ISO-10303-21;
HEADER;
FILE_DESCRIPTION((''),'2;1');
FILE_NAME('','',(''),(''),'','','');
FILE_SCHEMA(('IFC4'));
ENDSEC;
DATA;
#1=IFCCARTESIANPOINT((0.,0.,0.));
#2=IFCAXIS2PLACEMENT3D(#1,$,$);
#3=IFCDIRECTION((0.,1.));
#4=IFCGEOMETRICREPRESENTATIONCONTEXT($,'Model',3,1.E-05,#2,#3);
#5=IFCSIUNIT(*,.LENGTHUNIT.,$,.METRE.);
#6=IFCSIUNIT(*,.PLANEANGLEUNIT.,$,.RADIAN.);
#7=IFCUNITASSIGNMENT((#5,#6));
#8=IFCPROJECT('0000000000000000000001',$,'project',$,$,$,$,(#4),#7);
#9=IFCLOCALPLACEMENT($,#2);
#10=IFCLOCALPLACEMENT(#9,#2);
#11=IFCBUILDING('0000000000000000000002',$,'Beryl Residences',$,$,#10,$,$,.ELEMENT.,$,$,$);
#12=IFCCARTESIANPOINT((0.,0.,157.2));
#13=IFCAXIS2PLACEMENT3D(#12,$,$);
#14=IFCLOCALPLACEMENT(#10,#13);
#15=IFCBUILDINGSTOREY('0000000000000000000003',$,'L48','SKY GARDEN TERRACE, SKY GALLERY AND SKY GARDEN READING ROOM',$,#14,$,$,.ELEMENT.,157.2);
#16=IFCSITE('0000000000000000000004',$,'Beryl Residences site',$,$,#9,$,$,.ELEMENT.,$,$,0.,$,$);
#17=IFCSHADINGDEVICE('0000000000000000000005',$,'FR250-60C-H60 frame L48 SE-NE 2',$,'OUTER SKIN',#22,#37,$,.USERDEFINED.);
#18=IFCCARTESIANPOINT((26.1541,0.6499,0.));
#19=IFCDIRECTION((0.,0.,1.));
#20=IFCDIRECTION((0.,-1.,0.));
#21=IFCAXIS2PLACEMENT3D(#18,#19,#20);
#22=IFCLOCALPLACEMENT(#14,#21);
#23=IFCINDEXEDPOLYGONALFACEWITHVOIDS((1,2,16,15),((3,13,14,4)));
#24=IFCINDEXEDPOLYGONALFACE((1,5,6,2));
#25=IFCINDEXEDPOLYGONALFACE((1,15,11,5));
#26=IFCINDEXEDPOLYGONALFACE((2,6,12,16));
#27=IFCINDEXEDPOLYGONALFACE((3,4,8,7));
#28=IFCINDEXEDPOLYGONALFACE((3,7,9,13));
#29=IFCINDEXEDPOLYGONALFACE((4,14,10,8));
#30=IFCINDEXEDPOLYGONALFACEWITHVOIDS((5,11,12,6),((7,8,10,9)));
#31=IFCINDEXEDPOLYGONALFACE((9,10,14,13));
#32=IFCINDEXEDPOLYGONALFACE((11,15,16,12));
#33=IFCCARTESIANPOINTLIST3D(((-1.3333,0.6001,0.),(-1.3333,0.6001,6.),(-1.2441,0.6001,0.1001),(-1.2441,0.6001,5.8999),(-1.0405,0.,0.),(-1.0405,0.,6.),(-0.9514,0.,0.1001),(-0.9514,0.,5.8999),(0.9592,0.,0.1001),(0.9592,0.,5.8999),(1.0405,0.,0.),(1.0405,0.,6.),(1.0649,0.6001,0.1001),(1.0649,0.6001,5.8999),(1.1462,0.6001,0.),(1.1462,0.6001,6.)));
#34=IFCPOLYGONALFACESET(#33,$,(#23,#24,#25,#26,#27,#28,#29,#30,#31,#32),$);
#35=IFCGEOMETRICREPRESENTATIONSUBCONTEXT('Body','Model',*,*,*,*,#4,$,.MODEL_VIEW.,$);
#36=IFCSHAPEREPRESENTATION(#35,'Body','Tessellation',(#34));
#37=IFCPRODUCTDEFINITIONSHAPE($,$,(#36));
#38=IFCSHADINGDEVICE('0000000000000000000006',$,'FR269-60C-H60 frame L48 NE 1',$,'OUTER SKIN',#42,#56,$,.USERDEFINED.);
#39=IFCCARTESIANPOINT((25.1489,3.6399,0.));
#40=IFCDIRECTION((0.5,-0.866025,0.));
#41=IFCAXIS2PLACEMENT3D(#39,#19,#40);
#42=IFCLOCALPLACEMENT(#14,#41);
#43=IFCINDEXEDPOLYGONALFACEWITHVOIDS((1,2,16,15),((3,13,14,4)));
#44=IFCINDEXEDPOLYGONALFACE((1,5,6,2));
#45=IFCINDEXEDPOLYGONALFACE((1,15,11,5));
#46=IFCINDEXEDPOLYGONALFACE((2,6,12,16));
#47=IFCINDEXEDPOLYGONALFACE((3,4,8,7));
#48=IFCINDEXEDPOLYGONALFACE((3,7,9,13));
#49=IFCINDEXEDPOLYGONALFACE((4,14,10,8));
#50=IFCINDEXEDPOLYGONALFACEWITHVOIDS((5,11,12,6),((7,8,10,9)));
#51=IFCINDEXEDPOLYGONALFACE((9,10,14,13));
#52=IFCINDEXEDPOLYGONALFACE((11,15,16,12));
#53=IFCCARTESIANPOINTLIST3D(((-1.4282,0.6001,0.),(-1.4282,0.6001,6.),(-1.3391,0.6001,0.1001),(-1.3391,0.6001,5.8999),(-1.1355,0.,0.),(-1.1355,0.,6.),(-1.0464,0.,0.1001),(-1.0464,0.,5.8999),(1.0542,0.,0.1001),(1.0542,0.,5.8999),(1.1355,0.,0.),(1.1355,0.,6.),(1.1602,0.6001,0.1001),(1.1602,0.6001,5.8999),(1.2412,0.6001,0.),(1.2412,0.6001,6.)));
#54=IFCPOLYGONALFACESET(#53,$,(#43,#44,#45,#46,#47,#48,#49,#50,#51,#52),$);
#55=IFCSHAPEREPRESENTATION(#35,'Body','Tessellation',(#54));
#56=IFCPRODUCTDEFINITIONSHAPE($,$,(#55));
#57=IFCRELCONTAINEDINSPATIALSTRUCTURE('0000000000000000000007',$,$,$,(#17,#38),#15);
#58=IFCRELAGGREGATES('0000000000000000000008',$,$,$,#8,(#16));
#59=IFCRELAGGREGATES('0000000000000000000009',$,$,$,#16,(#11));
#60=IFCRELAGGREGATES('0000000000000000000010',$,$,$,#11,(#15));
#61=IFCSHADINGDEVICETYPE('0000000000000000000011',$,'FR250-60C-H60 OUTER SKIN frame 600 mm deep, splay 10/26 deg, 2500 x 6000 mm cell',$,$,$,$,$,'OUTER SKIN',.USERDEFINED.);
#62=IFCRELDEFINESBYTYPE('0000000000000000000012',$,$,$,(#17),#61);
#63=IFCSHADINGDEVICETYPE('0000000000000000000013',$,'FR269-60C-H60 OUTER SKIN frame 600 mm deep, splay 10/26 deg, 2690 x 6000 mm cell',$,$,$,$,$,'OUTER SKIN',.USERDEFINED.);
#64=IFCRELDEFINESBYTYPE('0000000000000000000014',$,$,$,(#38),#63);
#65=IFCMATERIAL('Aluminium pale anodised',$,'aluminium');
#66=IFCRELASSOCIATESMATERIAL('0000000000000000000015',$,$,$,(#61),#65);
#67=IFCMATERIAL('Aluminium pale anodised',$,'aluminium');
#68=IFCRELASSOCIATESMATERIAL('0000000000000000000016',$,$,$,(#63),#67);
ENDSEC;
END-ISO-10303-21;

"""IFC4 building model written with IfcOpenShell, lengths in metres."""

from ifc_helpers import new_model, entity, si_unit, direction, frame, origin, place, context, subcontext, project, spatial, source, transform, mapped, material, type_object, type_shapes, element, save


model = new_model("IFC4")

# Units and contexts
model_context = context("Model", 3, precision=1e-05, world=origin(), true_north=direction((0.0, 1.0)))
body_context = subcontext(model_context, "Body", "Model", "MODEL_VIEW")
ifc_project = project(units=[si_unit("LENGTHUNIT", "METRE"), si_unit("PLANEANGLEUNIT", "RADIAN")], contexts=[model_context])

# Site, building, storey
site_placement = place(None, origin())
site = spatial("IfcSite", under=ifc_project, at=site_placement, Name="Beryl Residences site", CompositionType="ELEMENT", RefElevation=0.0)
building_placement = place(site_placement, origin())
building = spatial("IfcBuilding", under=site, at=building_placement, Name="Beryl Residences", CompositionType="ELEMENT")
storey_placement = place(building_placement, frame((0.0, 0.0, 157.2)))
storey = spatial("IfcBuildingStorey", under=building, at=storey_placement, Name="L48", Description="SKY GARDEN TERRACE, SKY GALLERY AND SKY GARDEN READING ROOM", CompositionType="ELEMENT", Elevation=157.2)

# Shading devices
ifc_material_1 = material(Name="Aluminium pale anodised", Category="aluminium")
shading_device_type_1 = type_object("IfcShadingDeviceType", Name="FR250-60C-H60 OUTER SKIN frame 600 mm deep, splay 10/26 deg, 2500 x 6000 mm cell", ElementType="OUTER SKIN", PredefinedType="USERDEFINED", material=ifc_material_1)
cartesian_point_1 = entity("IfcCartesianPoint", [-1.0405, 0.0])
cartesian_point_2 = entity("IfcCartesianPoint", [-0.9592, 0.1001])
cartesian_point_3 = entity("IfcCartesianPoint", [-1.1462, 0.0])
cartesian_point_4 = entity("IfcCartesianPoint", [-1.0649, 0.1001])
shared_shape_1 = source(origin(), body_context, "Body", "SweptSolid", [
    entity("IfcExtrudedAreaSolidTapered", entity("IfcArbitraryProfileDefWithVoids", "AREA", None, entity("IfcPolyline", [cartesian_point_1, entity("IfcCartesianPoint", [1.0405, 0.0]), entity("IfcCartesianPoint", [1.0405, 6.0]), entity("IfcCartesianPoint", [-1.0405, 6.0]), cartesian_point_1]), [entity("IfcPolyline", [cartesian_point_2, entity("IfcCartesianPoint", [0.9514, 0.1001]), entity("IfcCartesianPoint", [0.9514, 5.8999]), entity("IfcCartesianPoint", [-0.9592, 5.8999]), cartesian_point_2])]), entity("IfcAxis2Placement3D", entity("IfcCartesianPoint", [0.0, 0.0, 0.0]), entity("IfcDirection", [0.0, 1.0, 0.0]), entity("IfcDirection", [-1.0, 0.0, 0.0])), entity("IfcDirection", [0.0, 0.0, 1.0]), 0.6001, entity("IfcArbitraryProfileDefWithVoids", "AREA", None, entity("IfcPolyline", [cartesian_point_3, entity("IfcCartesianPoint", [1.3333, 0.0]), entity("IfcCartesianPoint", [1.3333, 6.0]), entity("IfcCartesianPoint", [-1.1462, 6.0]), cartesian_point_3]), [entity("IfcPolyline", [cartesian_point_4, entity("IfcCartesianPoint", [1.2441, 0.1001]), entity("IfcCartesianPoint", [1.2441, 5.8999]), entity("IfcCartesianPoint", [-1.0649, 5.8999]), cartesian_point_4])])),
])
type_shapes(shading_device_type_1, [shared_shape_1])
shading_device_1_placement = place(storey_placement, frame((26.1541, 0.6499, 0.0), z_axis=(0.0, 0.0, 1.0), x_axis=(0.0, -1.0, 0.0)))
element("IfcShadingDevice", 1, at=shading_device_1_placement, inside=storey, type_object=shading_device_type_1, Name="FR250-60C-H60 frame L48 SE-NE 2", ObjectType="OUTER SKIN", PredefinedType="USERDEFINED", context=body_context, shape_type="MappedRepresentation", body=[
    mapped(shared_shape_1, transform((0.0, 0.0, 0.0))),
])
ifc_material_2 = material(Name="Aluminium pale anodised", Category="aluminium")
shading_device_type_2 = type_object("IfcShadingDeviceType", Name="FR269-60C-H60 OUTER SKIN frame 600 mm deep, splay 10/26 deg, 2690 x 6000 mm cell", ElementType="OUTER SKIN", PredefinedType="USERDEFINED", material=ifc_material_2)
cartesian_point_5 = entity("IfcCartesianPoint", [-1.1355, 0.0])
cartesian_point_6 = entity("IfcCartesianPoint", [-1.0542, 0.1001])
cartesian_point_7 = entity("IfcCartesianPoint", [-1.2412, 0.0])
cartesian_point_8 = entity("IfcCartesianPoint", [-1.1602, 0.1001])
shared_shape_2 = source(origin(), body_context, "Body", "SweptSolid", [
    entity("IfcExtrudedAreaSolidTapered", entity("IfcArbitraryProfileDefWithVoids", "AREA", None, entity("IfcPolyline", [cartesian_point_5, entity("IfcCartesianPoint", [1.1355, 0.0]), entity("IfcCartesianPoint", [1.1355, 6.0]), entity("IfcCartesianPoint", [-1.1355, 6.0]), cartesian_point_5]), [entity("IfcPolyline", [cartesian_point_6, entity("IfcCartesianPoint", [1.0464, 0.1001]), entity("IfcCartesianPoint", [1.0464, 5.8999]), entity("IfcCartesianPoint", [-1.0542, 5.8999]), cartesian_point_6])]), entity("IfcAxis2Placement3D", entity("IfcCartesianPoint", [0.0, 0.0, 0.0]), entity("IfcDirection", [0.0, 1.0, 0.0]), entity("IfcDirection", [-1.0, 0.0, 0.0])), entity("IfcDirection", [0.0, 0.0, 1.0]), 0.6001, entity("IfcArbitraryProfileDefWithVoids", "AREA", None, entity("IfcPolyline", [cartesian_point_7, entity("IfcCartesianPoint", [1.4282, 0.0]), entity("IfcCartesianPoint", [1.4282, 6.0]), entity("IfcCartesianPoint", [-1.2412, 6.0]), cartesian_point_7]), [entity("IfcPolyline", [cartesian_point_8, entity("IfcCartesianPoint", [1.3391, 0.1001]), entity("IfcCartesianPoint", [1.3391, 5.8999]), entity("IfcCartesianPoint", [-1.1602, 5.8999]), cartesian_point_8])])),
])
type_shapes(shading_device_type_2, [shared_shape_2])
shading_device_2_placement = place(storey_placement, frame((25.1489, 3.6399, 0.0), z_axis=(0.0, 0.0, 1.0), x_axis=(0.5, -0.866025, 0.0)))
element("IfcShadingDevice", 2, at=shading_device_2_placement, inside=storey, type_object=shading_device_type_2, Name="FR269-60C-H60 frame L48 NE 1", ObjectType="OUTER SKIN", PredefinedType="USERDEFINED", context=body_context, shape_type="MappedRepresentation", body=[
    mapped(shared_shape_2, transform((0.0, 0.0, 0.0))),
])

save(model, "model.ifc")
